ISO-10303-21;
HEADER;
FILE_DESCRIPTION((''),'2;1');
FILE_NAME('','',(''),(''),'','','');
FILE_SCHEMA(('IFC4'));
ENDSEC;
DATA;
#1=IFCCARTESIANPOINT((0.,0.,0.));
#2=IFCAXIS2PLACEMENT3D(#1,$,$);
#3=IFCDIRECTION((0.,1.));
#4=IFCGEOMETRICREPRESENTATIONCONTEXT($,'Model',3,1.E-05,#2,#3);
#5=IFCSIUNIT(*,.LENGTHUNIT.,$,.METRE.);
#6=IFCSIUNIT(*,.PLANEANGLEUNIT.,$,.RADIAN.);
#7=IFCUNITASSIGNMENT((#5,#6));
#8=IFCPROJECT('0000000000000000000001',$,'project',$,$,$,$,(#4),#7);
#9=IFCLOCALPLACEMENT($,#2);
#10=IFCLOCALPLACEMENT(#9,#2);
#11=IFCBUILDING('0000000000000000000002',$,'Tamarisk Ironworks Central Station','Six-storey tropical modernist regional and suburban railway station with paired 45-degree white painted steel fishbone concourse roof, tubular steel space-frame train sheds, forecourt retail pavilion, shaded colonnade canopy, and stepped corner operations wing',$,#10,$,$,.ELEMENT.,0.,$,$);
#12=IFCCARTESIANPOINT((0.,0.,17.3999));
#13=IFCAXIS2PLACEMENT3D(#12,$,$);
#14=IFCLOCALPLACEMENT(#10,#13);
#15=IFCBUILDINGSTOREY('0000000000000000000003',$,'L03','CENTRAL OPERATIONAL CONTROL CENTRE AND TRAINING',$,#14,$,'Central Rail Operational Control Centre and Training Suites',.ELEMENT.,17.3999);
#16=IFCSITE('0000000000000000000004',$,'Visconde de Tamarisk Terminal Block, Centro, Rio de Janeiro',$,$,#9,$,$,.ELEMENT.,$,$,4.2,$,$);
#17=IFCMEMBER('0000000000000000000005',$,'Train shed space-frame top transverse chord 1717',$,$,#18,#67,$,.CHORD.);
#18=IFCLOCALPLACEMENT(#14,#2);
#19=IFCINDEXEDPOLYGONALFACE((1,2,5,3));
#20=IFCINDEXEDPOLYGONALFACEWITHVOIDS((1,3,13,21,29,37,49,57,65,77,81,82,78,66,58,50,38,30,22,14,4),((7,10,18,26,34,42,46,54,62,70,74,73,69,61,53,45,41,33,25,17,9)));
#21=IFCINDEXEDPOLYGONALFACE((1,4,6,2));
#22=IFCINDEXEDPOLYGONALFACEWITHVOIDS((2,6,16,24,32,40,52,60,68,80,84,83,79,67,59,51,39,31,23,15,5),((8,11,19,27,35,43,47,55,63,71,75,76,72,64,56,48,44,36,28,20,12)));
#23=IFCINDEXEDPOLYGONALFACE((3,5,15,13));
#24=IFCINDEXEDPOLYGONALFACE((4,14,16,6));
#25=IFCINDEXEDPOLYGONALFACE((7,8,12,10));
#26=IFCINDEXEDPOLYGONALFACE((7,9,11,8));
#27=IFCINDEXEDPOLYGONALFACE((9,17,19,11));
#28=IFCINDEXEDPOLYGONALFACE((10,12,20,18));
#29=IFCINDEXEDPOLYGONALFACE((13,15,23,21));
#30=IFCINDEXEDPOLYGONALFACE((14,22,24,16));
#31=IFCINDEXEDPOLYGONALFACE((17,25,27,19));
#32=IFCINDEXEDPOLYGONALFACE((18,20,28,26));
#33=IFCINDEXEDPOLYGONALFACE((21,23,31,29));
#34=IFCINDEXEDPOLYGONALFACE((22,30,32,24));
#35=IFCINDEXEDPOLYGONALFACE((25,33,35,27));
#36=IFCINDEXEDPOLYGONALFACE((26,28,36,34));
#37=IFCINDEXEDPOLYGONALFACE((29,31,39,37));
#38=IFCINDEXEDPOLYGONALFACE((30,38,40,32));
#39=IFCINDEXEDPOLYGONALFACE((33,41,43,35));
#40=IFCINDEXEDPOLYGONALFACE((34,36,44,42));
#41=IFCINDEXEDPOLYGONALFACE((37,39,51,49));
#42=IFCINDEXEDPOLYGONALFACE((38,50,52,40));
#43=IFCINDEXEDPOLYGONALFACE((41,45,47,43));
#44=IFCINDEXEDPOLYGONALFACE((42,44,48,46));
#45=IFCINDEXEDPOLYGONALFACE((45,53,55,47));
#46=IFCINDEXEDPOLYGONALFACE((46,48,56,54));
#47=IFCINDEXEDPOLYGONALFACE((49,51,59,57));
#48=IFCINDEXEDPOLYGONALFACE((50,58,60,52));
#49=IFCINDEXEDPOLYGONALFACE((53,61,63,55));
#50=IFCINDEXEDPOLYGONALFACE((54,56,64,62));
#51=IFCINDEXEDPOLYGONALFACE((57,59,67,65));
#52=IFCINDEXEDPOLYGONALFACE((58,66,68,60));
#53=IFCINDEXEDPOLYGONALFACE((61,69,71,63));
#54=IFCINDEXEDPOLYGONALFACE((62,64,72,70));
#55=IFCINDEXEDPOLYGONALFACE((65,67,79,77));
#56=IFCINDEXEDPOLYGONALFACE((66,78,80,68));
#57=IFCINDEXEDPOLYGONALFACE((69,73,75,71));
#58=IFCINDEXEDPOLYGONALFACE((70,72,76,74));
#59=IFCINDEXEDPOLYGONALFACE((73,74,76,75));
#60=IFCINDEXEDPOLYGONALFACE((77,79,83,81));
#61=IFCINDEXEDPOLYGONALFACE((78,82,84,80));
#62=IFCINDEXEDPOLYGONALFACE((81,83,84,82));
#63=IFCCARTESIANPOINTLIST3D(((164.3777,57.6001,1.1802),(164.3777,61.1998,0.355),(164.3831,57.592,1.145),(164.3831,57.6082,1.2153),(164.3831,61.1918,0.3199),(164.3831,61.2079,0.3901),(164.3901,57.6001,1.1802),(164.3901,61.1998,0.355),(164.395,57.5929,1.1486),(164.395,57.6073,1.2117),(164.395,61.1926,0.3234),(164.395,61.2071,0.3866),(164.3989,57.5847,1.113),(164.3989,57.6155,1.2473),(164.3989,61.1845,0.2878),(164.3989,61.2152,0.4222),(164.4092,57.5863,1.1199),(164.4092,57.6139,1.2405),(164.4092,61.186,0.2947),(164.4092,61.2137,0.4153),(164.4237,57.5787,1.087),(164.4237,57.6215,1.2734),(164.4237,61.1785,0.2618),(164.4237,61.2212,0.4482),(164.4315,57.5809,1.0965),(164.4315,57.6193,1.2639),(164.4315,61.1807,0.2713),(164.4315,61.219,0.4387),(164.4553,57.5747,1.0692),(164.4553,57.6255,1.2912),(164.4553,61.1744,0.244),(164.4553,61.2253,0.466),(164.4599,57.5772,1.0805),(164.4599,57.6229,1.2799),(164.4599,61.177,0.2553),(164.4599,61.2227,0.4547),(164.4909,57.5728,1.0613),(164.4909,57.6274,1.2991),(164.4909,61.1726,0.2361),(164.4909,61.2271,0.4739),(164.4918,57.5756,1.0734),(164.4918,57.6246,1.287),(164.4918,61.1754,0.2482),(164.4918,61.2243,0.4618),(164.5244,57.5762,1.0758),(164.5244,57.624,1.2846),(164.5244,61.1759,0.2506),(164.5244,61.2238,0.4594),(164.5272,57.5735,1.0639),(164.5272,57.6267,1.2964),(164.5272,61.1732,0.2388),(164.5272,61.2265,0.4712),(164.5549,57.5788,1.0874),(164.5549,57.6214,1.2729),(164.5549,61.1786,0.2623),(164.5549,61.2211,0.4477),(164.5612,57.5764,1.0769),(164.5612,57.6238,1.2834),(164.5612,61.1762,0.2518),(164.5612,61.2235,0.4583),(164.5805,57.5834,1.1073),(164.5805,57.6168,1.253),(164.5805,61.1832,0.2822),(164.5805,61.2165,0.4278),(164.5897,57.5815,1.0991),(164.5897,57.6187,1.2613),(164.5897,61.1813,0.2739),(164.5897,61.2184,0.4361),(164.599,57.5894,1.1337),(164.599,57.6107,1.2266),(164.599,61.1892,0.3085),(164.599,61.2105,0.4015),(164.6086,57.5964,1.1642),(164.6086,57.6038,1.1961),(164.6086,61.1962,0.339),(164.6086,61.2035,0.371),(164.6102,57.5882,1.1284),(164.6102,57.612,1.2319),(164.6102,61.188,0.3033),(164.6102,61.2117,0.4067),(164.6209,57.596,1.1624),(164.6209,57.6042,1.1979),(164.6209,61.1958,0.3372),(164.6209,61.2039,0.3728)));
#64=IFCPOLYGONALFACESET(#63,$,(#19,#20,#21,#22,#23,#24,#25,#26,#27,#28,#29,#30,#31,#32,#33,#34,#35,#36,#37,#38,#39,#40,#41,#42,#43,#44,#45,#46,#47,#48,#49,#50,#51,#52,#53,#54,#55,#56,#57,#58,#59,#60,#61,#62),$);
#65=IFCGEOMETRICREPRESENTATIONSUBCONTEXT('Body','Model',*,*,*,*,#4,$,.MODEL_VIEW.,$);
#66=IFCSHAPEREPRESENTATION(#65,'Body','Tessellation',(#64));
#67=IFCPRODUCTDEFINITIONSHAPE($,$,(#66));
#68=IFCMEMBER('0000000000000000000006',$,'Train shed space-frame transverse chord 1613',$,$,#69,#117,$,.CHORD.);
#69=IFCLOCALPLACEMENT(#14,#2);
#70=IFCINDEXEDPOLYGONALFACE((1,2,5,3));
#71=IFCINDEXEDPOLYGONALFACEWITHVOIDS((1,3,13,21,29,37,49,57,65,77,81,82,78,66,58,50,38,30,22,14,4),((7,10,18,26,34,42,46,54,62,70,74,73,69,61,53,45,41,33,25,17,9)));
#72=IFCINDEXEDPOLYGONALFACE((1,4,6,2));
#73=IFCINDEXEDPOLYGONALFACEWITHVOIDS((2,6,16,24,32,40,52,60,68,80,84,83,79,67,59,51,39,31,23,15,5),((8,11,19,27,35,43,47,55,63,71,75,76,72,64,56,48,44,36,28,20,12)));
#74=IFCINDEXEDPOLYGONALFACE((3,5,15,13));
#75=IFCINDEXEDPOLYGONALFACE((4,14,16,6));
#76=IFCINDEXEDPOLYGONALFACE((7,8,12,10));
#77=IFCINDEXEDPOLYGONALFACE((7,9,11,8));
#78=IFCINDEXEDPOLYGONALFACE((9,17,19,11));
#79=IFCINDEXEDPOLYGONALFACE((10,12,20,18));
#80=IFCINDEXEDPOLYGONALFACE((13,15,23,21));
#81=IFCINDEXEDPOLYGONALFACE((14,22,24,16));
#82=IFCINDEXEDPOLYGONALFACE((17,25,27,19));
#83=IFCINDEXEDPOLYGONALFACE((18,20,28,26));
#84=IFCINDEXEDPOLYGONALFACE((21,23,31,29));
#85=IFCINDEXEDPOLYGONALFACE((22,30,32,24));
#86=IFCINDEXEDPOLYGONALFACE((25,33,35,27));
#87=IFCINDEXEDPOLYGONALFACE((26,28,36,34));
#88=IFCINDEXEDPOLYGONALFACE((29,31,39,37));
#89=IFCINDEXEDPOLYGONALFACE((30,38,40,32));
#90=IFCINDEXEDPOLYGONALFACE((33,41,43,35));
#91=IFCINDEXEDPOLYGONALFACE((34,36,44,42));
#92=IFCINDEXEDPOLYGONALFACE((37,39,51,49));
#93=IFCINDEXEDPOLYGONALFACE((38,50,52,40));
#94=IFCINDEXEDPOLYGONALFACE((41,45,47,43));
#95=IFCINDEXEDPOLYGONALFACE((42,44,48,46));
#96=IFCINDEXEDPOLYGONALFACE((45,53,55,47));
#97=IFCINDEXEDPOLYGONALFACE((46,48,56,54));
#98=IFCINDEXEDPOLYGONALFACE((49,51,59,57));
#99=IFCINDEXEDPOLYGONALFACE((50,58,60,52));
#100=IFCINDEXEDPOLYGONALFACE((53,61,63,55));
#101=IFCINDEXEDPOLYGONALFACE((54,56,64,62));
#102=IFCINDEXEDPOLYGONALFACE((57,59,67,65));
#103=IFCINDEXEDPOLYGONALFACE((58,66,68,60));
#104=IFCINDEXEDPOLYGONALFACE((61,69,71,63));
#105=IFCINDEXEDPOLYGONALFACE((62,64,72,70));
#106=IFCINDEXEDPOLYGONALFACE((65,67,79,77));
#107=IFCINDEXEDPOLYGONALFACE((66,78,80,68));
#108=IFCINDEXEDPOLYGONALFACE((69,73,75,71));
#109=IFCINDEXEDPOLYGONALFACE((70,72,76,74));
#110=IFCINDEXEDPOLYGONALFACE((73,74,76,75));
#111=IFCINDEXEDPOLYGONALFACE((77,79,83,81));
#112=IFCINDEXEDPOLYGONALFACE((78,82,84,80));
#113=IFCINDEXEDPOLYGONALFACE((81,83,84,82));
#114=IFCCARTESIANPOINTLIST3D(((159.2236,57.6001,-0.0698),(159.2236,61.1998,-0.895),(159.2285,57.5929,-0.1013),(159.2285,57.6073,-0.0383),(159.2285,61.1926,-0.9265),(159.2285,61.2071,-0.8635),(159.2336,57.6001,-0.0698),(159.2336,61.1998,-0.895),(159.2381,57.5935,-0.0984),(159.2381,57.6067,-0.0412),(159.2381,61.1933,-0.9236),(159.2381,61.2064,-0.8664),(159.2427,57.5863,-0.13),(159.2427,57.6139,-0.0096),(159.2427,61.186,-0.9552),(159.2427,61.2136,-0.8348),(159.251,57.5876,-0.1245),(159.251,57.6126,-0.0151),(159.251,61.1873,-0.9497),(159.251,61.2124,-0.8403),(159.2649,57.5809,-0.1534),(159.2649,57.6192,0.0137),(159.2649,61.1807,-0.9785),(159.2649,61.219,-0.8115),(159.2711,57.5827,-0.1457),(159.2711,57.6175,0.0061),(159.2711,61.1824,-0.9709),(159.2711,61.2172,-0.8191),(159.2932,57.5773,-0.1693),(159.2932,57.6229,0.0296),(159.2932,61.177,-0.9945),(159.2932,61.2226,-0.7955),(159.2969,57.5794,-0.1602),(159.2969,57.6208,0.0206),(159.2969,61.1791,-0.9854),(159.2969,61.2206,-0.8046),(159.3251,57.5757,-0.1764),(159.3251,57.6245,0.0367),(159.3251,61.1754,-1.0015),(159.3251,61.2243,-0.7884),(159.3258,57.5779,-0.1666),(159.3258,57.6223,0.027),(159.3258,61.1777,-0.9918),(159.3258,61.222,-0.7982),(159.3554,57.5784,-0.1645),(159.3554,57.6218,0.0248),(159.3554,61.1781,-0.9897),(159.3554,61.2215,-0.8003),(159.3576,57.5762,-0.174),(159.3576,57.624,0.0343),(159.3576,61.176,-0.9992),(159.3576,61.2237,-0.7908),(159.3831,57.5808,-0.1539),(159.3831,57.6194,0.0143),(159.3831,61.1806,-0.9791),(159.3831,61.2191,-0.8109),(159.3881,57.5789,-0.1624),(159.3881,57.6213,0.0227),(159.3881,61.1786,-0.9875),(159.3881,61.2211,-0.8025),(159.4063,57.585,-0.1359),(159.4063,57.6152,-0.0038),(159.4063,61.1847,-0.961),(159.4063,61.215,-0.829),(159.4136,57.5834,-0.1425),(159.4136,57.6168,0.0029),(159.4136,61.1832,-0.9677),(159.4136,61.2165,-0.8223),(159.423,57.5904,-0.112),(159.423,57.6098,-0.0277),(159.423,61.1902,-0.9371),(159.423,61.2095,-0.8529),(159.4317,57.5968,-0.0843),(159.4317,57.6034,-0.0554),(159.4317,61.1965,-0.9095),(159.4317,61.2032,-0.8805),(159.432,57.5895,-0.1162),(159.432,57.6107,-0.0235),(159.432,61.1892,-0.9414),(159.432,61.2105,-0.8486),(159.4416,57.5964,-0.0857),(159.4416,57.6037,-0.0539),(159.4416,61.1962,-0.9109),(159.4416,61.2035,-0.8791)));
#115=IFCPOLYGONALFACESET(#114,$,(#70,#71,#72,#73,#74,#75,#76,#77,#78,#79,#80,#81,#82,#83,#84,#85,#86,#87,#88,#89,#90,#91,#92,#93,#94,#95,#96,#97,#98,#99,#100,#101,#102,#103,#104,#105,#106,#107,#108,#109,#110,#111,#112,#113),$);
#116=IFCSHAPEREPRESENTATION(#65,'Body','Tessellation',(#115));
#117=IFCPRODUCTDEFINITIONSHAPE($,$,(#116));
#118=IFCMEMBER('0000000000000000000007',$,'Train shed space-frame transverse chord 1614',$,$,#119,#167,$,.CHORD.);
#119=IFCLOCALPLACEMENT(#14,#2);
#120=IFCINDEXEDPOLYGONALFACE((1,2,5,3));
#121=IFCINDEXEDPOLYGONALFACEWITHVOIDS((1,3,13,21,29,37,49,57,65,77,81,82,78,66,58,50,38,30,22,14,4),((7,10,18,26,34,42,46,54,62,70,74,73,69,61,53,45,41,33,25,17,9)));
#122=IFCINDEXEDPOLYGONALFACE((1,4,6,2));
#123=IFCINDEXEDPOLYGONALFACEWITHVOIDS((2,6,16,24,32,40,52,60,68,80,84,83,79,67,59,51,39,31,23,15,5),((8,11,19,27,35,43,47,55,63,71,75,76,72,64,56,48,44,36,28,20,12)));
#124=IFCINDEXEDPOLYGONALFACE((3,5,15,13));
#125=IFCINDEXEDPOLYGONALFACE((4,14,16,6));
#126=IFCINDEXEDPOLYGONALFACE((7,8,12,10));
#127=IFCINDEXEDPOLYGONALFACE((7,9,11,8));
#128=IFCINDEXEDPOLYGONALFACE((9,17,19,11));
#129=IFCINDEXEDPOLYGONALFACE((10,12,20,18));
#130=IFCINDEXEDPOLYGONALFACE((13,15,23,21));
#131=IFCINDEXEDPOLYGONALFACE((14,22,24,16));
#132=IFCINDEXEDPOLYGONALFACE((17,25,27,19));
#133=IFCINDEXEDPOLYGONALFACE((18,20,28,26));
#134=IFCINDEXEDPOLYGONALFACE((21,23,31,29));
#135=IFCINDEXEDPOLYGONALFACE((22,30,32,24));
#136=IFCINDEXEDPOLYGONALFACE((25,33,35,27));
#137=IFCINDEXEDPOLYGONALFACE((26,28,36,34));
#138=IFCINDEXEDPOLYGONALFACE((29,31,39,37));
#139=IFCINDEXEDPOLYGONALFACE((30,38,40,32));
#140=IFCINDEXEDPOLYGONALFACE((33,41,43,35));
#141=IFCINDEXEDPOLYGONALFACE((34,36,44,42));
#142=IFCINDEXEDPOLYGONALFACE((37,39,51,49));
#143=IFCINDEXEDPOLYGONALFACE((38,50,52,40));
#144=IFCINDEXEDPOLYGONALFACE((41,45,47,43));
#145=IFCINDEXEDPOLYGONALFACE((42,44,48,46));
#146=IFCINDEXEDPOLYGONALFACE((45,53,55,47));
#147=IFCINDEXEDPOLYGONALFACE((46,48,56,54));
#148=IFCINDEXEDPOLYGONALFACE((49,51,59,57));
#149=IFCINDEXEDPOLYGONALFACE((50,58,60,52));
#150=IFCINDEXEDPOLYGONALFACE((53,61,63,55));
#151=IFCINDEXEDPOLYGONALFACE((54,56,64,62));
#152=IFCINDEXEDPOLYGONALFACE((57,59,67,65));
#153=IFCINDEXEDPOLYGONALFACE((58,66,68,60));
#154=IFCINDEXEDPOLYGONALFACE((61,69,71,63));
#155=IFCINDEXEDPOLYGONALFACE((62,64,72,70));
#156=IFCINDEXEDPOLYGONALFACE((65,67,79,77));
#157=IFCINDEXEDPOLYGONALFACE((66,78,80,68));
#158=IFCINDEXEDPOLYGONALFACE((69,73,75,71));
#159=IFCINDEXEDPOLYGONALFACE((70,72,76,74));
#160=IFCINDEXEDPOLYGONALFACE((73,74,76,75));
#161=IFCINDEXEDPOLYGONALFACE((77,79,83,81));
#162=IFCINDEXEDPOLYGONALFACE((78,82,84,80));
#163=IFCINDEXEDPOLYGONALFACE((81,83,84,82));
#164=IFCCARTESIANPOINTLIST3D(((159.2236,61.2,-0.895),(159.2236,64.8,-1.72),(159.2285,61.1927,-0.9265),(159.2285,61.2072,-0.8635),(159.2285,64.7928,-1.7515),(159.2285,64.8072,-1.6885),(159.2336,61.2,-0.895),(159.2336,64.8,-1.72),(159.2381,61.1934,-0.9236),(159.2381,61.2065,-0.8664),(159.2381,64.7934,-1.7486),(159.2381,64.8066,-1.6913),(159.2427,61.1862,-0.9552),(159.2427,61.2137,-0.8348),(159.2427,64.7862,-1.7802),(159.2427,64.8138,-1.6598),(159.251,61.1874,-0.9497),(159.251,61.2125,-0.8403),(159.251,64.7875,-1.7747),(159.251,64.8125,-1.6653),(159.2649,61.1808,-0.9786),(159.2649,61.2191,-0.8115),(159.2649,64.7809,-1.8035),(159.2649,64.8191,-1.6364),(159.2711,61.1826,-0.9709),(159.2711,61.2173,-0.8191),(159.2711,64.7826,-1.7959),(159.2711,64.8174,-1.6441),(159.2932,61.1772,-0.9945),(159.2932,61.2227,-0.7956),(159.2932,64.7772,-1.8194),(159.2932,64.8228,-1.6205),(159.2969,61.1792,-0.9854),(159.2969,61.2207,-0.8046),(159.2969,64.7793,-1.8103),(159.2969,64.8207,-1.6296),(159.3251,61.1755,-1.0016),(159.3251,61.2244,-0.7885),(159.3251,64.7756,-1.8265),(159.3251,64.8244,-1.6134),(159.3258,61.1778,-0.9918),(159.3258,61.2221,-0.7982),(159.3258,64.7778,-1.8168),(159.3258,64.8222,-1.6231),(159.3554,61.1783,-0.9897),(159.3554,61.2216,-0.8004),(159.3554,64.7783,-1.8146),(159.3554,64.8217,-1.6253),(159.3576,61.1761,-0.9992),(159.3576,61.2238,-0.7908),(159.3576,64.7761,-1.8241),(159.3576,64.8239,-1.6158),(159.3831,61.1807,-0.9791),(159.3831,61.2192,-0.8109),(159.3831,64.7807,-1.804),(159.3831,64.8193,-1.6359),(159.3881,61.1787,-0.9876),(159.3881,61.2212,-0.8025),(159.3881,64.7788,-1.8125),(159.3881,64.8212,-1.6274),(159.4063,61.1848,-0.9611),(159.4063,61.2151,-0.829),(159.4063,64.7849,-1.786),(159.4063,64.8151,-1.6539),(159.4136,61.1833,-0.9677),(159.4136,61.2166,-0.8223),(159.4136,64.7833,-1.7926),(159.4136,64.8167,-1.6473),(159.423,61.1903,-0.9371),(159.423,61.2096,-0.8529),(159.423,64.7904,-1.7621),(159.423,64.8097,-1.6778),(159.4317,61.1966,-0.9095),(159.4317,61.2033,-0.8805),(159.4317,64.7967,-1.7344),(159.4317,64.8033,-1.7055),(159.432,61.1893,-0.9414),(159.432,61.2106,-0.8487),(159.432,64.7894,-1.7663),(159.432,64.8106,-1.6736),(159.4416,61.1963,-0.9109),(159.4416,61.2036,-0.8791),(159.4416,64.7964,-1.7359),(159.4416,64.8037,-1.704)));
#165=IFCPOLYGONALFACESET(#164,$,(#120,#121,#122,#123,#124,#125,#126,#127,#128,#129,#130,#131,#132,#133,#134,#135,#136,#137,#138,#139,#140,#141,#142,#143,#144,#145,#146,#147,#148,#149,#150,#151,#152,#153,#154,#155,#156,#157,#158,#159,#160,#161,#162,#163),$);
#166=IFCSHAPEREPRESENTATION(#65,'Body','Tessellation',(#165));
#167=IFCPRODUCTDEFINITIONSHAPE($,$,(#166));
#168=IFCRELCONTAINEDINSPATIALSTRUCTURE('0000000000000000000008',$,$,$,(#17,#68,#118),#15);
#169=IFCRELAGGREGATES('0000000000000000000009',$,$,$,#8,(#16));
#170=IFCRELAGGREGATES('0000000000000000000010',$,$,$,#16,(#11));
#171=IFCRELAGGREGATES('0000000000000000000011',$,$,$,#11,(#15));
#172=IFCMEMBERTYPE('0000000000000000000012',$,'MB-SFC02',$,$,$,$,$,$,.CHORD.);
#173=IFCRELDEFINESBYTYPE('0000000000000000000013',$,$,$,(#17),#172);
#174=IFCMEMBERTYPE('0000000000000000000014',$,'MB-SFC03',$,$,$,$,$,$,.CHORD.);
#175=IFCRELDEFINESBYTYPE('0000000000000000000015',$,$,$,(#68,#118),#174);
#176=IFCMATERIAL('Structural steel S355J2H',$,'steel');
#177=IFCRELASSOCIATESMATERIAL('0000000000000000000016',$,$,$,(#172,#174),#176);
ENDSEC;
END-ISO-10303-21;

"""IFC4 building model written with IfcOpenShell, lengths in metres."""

from ifc_helpers import new_model, si_unit, direction, frame, origin, origin_2d, place, context, subcontext, project, spatial, hollow_circle, extrude, material, material_profile, profile_set, type_object, element, save


model = new_model("IFC4")

# Units and contexts
model_context = context("Model", 3, precision=1e-05, world=origin(), true_north=direction((0.0, 1.0)))
body_context = subcontext(model_context, "Body", "Model", "MODEL_VIEW")
ifc_project = project(units=[si_unit("LENGTHUNIT", "METRE"), si_unit("PLANEANGLEUNIT", "RADIAN")], contexts=[model_context])

# Site, building, storey
site_placement = place(None, origin())
site = spatial("IfcSite", under=ifc_project, at=site_placement, Name="Visconde de Tamarisk Terminal Block, Centro, Rio de Janeiro", CompositionType="ELEMENT", RefElevation=4.2)
building_placement = place(site_placement, origin())
building = spatial("IfcBuilding", under=site, at=building_placement, Name="Tamarisk Ironworks Central Station", Description="Six-storey tropical modernist regional and suburban railway station with paired 45-degree white painted steel fishbone concourse roof, tubular steel space-frame train sheds, forecourt retail pavilion, shaded colonnade canopy, and stepped corner operations wing", CompositionType="ELEMENT", ElevationOfRefHeight=0.0)
storey_placement = place(building_placement, frame((0.0, 0.0, 17.3999)))
storey = spatial("IfcBuildingStorey", under=building, at=storey_placement, Name="L03", Description="CENTRAL OPERATIONAL CONTROL CENTRE AND TRAINING", LongName="Central Rail Operational Control Centre and Training Suites", CompositionType="ELEMENT", Elevation=17.3999)

# Members
ifc_material = material(Name="Structural steel S355J2H", Category="steel")
ifc_material_profile_1 = material_profile(ifc_material, hollow_circle(Radius=0.1223, WallThickness=0.0125, at=origin_2d()), Name="CHS 244.5x12.5")
ifc_profile_set_1 = profile_set([ifc_material_profile_1], Name="Structural steel S355J2H")
member_type_1 = type_object("IfcMemberType", Name="MB-SFC02", PredefinedType="CHORD", material=ifc_profile_set_1)
member_1_placement = place(storey_placement, frame((164.5, 57.6001, 1.1802), z_axis=(0.0, 0.974719, -0.223435), x_axis=(-1.0, 0.0, 0.0)))
element("IfcMember", 1, at=member_1_placement, inside=storey, type_object=member_type_1, Name="Train shed space-frame top transverse chord 1717", PredefinedType="CHORD", context=body_context, shape_type="SweptSolid", body=[
    extrude(hollow_circle(Radius=0.1223, WallThickness=0.0125, at=origin_2d()), origin(), (0.0, 0.0, 1.0), 3.6931),
])
ifc_material_profile_2 = material_profile(ifc_material, hollow_circle(Radius=0.1096, WallThickness=0.01, at=origin_2d()), Name="CHS 219.1x10")
ifc_profile_set_2 = profile_set([ifc_material_profile_2], Name="Structural steel S355J2H")
member_type_2 = type_object("IfcMemberType", Name="MB-SFC03", PredefinedType="CHORD", material=ifc_profile_set_2)
member_2_placement = place(storey_placement, frame((159.3333, 57.6001, -0.0698), z_axis=(0.0, 0.974719, -0.223435), x_axis=(-1.0, 0.0, 0.0)))
element("IfcMember", 2, at=member_2_placement, inside=storey, type_object=member_type_2, Name="Train shed space-frame transverse chord 1613", PredefinedType="CHORD", context=body_context, shape_type="SweptSolid", body=[
    extrude(hollow_circle(Radius=0.1096, WallThickness=0.01, at=origin_2d()), origin(), (0.0, 0.0, 1.0), 3.6931),
])
member_3_placement = place(storey_placement, frame((159.3333, 61.2, -0.895), z_axis=(0.0, 0.974737, -0.223358), x_axis=(-1.0, 0.0, 0.0)))
element("IfcMember", 3, at=member_3_placement, inside=storey, type_object=member_type_2, Name="Train shed space-frame transverse chord 1614", PredefinedType="CHORD", context=body_context, shape_type="SweptSolid", body=[
    extrude(hollow_circle(Radius=0.1096, WallThickness=0.01, at=origin_2d()), origin(), (0.0, 0.0, 1.0), 3.6934),
])

save(model, "model.ifc")
